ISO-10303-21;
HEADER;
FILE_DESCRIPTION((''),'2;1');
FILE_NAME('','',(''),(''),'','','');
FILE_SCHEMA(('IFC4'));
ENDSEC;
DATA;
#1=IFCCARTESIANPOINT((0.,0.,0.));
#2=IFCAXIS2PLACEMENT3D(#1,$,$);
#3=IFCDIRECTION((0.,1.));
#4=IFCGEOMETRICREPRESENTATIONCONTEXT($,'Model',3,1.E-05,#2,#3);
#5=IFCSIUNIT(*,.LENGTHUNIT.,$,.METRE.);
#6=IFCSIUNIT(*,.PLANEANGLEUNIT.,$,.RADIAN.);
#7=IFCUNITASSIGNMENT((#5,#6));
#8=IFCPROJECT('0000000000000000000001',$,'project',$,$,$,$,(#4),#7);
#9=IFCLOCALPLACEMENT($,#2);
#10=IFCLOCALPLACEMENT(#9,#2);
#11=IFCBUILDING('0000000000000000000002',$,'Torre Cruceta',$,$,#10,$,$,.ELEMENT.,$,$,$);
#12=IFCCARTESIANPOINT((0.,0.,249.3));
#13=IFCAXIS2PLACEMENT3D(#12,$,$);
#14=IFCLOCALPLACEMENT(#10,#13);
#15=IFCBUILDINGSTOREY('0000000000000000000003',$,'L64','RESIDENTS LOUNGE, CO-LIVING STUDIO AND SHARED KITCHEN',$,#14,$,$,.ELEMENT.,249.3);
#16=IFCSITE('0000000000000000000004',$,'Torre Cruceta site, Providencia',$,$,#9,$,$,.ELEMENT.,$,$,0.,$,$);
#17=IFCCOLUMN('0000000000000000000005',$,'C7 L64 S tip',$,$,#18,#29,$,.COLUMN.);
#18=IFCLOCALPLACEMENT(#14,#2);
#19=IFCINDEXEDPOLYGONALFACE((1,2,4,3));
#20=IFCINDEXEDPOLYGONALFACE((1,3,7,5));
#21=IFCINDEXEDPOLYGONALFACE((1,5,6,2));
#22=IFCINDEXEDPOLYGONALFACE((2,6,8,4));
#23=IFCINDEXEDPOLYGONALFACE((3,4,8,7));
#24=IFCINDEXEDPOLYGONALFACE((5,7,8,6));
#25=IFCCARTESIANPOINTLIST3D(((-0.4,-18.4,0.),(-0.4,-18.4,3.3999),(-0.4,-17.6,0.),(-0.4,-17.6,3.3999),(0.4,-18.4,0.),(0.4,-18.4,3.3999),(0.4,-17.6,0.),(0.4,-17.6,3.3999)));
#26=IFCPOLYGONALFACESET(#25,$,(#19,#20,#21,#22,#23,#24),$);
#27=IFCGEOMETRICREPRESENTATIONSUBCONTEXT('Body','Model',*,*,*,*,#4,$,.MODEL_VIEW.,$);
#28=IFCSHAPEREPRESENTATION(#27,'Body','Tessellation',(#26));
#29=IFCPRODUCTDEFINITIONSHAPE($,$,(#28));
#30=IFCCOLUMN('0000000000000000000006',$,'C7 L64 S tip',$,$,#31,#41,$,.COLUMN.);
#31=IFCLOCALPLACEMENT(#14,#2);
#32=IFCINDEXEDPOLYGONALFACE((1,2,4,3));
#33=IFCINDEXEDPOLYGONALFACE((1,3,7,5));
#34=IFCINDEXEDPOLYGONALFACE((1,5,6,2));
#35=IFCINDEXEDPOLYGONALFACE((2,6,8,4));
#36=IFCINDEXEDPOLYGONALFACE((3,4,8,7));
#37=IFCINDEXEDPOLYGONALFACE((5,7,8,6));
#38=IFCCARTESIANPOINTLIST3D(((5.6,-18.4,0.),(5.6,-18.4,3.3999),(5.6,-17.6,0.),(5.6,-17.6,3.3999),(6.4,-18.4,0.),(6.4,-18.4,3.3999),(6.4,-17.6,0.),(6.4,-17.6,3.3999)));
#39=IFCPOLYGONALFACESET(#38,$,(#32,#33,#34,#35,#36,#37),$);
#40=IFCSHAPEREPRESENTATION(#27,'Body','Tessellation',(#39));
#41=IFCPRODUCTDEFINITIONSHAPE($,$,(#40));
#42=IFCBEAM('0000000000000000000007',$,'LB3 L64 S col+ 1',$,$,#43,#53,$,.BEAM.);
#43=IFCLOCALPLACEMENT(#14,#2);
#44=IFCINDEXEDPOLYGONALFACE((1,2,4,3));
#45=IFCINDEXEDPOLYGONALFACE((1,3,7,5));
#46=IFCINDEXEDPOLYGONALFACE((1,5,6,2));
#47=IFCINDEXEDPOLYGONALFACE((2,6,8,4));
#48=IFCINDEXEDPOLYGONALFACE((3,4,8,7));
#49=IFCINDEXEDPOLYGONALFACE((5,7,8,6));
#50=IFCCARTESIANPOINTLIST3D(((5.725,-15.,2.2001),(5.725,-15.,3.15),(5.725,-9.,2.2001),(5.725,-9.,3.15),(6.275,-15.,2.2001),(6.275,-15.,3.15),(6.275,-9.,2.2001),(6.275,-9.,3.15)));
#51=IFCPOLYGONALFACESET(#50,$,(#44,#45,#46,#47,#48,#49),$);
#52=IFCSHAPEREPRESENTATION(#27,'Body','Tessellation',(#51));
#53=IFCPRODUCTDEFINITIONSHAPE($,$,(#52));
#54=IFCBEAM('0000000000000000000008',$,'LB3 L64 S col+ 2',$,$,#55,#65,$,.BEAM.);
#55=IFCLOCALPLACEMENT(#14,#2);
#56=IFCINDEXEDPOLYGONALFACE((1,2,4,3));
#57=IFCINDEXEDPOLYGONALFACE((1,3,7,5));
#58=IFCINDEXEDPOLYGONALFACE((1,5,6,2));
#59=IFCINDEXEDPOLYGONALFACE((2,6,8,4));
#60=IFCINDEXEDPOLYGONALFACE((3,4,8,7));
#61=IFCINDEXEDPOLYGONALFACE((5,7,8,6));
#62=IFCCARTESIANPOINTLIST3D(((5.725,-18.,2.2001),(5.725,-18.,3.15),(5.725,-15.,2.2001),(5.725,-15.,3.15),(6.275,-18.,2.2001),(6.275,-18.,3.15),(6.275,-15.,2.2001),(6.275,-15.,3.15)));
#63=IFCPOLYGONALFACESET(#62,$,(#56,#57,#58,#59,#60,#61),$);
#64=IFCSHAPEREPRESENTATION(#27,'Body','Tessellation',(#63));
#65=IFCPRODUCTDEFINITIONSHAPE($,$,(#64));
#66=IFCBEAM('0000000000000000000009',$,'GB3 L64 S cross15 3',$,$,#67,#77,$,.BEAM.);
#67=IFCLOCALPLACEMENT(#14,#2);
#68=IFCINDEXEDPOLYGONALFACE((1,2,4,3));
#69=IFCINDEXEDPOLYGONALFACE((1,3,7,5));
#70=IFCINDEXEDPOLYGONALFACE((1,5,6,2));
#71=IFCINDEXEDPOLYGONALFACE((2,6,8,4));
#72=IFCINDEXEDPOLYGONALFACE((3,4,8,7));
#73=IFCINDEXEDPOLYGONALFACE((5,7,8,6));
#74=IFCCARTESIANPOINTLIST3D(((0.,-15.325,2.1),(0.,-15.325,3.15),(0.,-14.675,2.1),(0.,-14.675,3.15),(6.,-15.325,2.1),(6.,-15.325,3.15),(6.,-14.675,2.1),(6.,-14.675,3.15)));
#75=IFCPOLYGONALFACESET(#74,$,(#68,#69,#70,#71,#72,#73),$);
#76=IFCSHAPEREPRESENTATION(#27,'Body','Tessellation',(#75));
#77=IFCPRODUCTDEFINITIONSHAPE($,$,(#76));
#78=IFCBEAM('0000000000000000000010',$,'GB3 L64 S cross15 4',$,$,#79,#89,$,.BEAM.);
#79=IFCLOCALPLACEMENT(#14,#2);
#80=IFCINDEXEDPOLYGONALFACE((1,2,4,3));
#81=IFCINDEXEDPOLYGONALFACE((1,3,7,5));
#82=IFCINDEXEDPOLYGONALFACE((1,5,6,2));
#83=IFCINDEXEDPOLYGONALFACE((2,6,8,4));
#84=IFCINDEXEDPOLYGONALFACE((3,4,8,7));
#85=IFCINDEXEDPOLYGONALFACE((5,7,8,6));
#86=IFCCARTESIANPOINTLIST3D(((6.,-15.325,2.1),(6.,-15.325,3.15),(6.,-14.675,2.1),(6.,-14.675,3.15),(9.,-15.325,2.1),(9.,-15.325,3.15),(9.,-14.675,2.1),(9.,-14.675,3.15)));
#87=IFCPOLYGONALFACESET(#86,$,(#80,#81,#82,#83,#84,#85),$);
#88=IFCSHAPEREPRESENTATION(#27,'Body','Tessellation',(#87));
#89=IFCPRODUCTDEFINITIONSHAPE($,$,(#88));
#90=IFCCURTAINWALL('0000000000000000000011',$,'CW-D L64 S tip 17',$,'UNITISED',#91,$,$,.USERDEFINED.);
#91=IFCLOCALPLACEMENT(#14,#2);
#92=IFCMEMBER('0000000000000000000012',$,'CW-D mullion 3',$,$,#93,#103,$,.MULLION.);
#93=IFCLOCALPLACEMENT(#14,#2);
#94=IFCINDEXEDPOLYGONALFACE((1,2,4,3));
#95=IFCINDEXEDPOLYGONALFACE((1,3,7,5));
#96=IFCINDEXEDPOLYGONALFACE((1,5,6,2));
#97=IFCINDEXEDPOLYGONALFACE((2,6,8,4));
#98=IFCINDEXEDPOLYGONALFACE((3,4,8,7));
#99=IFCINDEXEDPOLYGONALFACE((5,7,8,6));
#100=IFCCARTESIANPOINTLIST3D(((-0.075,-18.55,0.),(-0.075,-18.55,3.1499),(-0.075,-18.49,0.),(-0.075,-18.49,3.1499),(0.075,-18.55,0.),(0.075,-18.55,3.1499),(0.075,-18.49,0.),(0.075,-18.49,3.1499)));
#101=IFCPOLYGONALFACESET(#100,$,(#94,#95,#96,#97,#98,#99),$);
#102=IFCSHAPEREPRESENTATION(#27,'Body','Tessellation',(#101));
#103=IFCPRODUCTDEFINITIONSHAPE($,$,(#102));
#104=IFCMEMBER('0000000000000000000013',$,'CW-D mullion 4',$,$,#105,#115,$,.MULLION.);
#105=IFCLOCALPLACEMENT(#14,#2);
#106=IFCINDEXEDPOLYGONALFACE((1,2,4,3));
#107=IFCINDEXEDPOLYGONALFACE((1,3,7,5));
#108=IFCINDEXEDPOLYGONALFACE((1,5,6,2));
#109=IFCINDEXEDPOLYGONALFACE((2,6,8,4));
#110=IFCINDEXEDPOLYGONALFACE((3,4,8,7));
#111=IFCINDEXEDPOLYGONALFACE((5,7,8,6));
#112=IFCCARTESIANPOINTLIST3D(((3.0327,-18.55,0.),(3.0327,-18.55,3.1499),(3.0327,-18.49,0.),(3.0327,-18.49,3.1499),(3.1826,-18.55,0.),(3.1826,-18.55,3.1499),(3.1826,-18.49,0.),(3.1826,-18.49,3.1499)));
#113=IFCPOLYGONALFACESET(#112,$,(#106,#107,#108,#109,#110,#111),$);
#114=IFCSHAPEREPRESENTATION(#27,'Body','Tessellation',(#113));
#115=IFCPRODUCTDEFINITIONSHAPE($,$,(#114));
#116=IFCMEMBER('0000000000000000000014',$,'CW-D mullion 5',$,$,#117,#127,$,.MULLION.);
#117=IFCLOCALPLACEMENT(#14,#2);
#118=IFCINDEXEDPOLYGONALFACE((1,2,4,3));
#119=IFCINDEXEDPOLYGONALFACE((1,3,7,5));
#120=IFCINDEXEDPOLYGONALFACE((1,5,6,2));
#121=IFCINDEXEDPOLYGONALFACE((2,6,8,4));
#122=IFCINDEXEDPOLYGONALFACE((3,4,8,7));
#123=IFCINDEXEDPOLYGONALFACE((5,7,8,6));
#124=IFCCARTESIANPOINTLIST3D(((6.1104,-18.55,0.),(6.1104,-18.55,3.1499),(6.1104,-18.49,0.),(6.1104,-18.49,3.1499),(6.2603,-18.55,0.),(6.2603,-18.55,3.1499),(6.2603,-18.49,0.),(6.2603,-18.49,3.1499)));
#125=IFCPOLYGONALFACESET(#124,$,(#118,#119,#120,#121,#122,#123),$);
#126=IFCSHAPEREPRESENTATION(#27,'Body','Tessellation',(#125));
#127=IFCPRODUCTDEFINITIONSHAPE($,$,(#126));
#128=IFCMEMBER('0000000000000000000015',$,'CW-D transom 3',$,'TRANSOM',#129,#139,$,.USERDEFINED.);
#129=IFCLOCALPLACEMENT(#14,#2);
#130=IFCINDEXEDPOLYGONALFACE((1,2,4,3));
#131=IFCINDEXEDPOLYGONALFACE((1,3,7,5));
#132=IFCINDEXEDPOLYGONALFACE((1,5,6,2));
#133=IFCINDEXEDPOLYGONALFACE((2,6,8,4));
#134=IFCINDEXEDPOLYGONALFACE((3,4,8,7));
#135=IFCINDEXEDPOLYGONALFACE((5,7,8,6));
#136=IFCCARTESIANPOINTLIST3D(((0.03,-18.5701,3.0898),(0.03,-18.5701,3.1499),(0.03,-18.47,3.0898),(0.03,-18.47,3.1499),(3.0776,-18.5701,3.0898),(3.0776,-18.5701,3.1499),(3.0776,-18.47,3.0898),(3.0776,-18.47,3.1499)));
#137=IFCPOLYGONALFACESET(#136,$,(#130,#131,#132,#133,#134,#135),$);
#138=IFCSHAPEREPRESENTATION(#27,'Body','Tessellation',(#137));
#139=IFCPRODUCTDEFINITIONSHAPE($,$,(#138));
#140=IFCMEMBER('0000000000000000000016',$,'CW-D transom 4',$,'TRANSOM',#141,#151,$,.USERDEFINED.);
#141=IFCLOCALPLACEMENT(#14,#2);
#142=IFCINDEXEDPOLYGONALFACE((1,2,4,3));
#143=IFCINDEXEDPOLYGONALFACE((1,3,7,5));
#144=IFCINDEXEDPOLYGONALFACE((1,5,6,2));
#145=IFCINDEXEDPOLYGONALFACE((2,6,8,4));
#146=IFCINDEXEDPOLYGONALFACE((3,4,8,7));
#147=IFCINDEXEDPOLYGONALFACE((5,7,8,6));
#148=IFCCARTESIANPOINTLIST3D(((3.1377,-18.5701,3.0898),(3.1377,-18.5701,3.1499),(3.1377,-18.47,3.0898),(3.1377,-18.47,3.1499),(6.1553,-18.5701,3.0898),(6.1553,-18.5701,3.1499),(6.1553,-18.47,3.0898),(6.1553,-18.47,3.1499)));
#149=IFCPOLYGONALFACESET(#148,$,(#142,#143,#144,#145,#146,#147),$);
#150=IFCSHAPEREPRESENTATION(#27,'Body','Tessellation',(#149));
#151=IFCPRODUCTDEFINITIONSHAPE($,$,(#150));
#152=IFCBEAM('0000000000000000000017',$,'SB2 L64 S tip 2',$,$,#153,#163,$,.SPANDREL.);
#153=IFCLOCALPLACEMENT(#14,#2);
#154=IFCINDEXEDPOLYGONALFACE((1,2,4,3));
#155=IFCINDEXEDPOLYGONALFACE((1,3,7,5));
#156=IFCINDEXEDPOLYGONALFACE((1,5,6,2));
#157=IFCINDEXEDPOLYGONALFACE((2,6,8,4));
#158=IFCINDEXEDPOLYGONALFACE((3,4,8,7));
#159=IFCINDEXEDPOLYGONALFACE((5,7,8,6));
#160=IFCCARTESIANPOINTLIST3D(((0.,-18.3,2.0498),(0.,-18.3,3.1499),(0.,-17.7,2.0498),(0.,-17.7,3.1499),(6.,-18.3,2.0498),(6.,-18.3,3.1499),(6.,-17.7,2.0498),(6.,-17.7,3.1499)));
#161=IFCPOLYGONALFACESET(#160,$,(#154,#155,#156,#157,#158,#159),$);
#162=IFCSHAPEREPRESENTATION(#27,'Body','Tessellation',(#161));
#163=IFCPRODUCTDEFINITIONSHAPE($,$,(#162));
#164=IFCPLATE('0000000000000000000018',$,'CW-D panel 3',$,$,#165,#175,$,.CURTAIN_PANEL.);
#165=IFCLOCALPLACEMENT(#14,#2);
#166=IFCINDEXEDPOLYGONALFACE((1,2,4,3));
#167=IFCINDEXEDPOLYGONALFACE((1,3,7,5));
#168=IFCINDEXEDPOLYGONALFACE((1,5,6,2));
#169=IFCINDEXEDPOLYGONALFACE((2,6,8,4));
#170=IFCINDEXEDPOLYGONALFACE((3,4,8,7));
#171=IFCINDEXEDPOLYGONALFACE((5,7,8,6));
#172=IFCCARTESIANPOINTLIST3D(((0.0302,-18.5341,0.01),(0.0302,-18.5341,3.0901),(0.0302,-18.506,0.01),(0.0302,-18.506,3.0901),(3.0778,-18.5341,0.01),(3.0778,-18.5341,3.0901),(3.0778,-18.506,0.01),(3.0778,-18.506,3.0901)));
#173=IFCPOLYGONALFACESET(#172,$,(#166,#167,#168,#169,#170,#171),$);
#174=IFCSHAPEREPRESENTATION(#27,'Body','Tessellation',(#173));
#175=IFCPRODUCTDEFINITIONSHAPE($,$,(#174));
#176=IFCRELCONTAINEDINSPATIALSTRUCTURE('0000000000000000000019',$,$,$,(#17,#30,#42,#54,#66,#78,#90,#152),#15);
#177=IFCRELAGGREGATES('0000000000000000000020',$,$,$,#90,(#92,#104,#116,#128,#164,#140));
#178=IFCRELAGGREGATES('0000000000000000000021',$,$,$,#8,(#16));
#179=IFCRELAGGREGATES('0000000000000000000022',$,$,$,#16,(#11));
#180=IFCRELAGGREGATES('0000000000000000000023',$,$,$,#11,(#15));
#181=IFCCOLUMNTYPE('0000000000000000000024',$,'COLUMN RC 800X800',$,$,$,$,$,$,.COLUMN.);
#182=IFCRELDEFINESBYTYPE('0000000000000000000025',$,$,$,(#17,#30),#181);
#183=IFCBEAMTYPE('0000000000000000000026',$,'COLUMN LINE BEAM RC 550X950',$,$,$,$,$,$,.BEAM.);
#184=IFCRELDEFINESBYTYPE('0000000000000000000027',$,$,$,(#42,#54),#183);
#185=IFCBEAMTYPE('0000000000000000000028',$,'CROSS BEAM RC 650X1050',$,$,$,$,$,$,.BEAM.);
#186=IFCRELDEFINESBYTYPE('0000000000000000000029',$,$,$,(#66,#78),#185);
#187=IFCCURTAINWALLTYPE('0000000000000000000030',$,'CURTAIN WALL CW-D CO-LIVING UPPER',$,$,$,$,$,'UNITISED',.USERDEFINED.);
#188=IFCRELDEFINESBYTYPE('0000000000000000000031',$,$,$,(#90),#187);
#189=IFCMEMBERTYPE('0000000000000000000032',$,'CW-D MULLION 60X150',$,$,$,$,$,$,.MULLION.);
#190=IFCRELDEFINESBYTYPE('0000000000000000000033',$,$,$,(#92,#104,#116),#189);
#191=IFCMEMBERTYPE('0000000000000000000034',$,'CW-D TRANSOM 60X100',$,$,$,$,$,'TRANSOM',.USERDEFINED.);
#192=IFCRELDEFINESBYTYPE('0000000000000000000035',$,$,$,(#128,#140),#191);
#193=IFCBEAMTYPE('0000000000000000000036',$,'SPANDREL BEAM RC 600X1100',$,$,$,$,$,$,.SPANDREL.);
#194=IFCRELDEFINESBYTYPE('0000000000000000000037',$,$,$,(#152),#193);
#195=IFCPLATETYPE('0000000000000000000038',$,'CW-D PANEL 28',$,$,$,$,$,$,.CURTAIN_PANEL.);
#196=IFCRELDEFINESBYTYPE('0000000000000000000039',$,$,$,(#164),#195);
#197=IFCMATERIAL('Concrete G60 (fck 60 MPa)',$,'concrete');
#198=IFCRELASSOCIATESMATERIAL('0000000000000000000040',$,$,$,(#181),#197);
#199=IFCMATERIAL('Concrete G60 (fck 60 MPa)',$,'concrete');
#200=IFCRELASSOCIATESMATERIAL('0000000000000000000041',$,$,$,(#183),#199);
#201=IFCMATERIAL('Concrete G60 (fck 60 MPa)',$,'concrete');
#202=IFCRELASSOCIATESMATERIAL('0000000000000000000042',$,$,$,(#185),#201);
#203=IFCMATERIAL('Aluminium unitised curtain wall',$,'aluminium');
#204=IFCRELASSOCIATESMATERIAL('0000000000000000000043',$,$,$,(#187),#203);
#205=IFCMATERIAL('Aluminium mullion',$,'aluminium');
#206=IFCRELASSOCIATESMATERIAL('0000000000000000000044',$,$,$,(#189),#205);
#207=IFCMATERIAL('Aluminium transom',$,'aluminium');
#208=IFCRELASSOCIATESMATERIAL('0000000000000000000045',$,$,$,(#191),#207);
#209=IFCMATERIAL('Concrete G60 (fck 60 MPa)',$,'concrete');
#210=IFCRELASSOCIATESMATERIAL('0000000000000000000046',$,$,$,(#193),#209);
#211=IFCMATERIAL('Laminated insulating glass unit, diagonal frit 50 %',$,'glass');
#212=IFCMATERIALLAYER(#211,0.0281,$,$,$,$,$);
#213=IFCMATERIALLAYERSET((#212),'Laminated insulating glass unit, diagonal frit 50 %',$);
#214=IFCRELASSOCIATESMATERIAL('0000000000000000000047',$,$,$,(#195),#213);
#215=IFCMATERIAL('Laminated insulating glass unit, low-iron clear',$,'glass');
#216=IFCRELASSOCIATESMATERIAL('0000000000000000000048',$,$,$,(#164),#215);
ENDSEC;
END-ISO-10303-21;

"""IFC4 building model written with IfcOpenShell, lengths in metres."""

from ifc_helpers import new_model, si_unit, direction, frame, origin, origin_2d, place, context, subcontext, project, spatial, rectangle, extrude, material, layer, layer_set, material_profile, profile_set, type_object, element, aggregate, save


model = new_model("IFC4")

# Units and contexts
model_context = context("Model", 3, precision=1e-05, world=origin(), true_north=direction((0.0, 1.0)))
body_context = subcontext(model_context, "Body", "Model", "MODEL_VIEW")
ifc_project = project(units=[si_unit("LENGTHUNIT", "METRE"), si_unit("PLANEANGLEUNIT", "RADIAN")], contexts=[model_context])

# Site, building, storey
site_placement = place(None, origin())
site = spatial("IfcSite", under=ifc_project, at=site_placement, Name="Torre Cruceta site, Providencia", CompositionType="ELEMENT", RefElevation=0.0)
building_placement = place(site_placement, origin())
building = spatial("IfcBuilding", under=site, at=building_placement, Name="Torre Cruceta", CompositionType="ELEMENT")
storey_placement = place(building_placement, frame((0.0, 0.0, 249.3)))
storey = spatial("IfcBuildingStorey", under=building, at=storey_placement, Name="L64", Description="RESIDENTS LOUNGE, CO-LIVING STUDIO AND SHARED KITCHEN", CompositionType="ELEMENT", Elevation=249.3)

# Columns
ifc_material_1 = material(Name="Concrete G60 (fck 60 MPa)", Category="concrete")
ifc_material_profile_1 = material_profile(ifc_material_1, rectangle(XDim=0.8, YDim=0.8, at=origin_2d()), Name="RC 800X800")
ifc_profile_set_1 = profile_set([ifc_material_profile_1], Name="Concrete G60 (fck 60 MPa)")
column_type = type_object("IfcColumnType", Name="COLUMN RC 800X800", PredefinedType="COLUMN", material=ifc_profile_set_1)
for number, where, z_axis, x_axis, name in (
    (1, (0.0, -18.0, 0.0), (0.0, 0.0, 1.0), (1.0, 0.0, 0.0), "C7 L64 S tip"),
    (2, (6.0, -18.0, 0.0), (0.0, 0.0, 1.0), (1.0, 0.0, 0.0), "C7 L64 S tip"),
):
    element("IfcColumn", number, at=place(storey_placement, frame(where, z_axis=z_axis, x_axis=x_axis)), inside=storey, type_object=column_type, Name=name, PredefinedType="COLUMN", context=body_context, shape_type="SweptSolid", body=[
        extrude(rectangle(XDim=0.8, YDim=0.8, at=origin_2d()), origin(), (0.0, 0.0, 1.0), 3.3999),
    ])

# Beams
ifc_material_2 = material(Name="Concrete G60 (fck 60 MPa)", Category="concrete")
ifc_material_profile_2 = material_profile(ifc_material_2, rectangle(XDim=0.55, YDim=0.95, at=origin_2d()), Name="RC 550X950")
ifc_profile_set_2 = profile_set([ifc_material_profile_2], Name="Concrete G60 (fck 60 MPa)")
beam_type_1 = type_object("IfcBeamType", Name="COLUMN LINE BEAM RC 550X950", PredefinedType="BEAM", material=ifc_profile_set_2)
beam_1_placement = place(storey_placement, frame((6.0, -9.0, 2.675), z_axis=(0.0, -1.0, 0.0), x_axis=(1.0, 0.0, 0.0)))
element("IfcBeam", 3, at=beam_1_placement, inside=storey, type_object=beam_type_1, Name="LB3 L64 S col+ 1", PredefinedType="BEAM", context=body_context, shape_type="SweptSolid", body=[
    extrude(rectangle(XDim=0.55, YDim=0.95, at=origin_2d()), origin(), (0.0, 0.0, 1.0), 6.0),
])
beam_2_placement = place(storey_placement, frame((6.0, -15.0, 2.675), z_axis=(0.0, -1.0, 0.0), x_axis=(1.0, 0.0, 0.0)))
element("IfcBeam", 4, at=beam_2_placement, inside=storey, type_object=beam_type_1, Name="LB3 L64 S col+ 2", PredefinedType="BEAM", context=body_context, shape_type="SweptSolid", body=[
    extrude(rectangle(XDim=0.55, YDim=0.95, at=origin_2d()), origin(), (0.0, 0.0, 1.0), 3.0),
])
ifc_material_3 = material(Name="Concrete G60 (fck 60 MPa)", Category="concrete")
ifc_material_profile_3 = material_profile(ifc_material_3, rectangle(XDim=0.6499, YDim=1.05, at=origin_2d()), Name="RC 650X1050")
ifc_profile_set_3 = profile_set([ifc_material_profile_3], Name="Concrete G60 (fck 60 MPa)")
beam_type_2 = type_object("IfcBeamType", Name="CROSS BEAM RC 650X1050", PredefinedType="BEAM", material=ifc_profile_set_3)
beam_3_placement = place(storey_placement, frame((0.0, -15.0, 2.625), z_axis=(1.0, 0.0, 0.0), x_axis=(0.0, 1.0, 0.0)))
element("IfcBeam", 5, at=beam_3_placement, inside=storey, type_object=beam_type_2, Name="GB3 L64 S cross15 3", PredefinedType="BEAM", context=body_context, shape_type="SweptSolid", body=[
    extrude(rectangle(XDim=0.6499, YDim=1.05, at=origin_2d()), origin(), (0.0, 0.0, 1.0), 6.0),
])
beam_4_placement = place(storey_placement, frame((6.0, -15.0, 2.625), z_axis=(1.0, 0.0, 0.0), x_axis=(0.0, 1.0, 0.0)))
element("IfcBeam", 6, at=beam_4_placement, inside=storey, type_object=beam_type_2, Name="GB3 L64 S cross15 4", PredefinedType="BEAM", context=body_context, shape_type="SweptSolid", body=[
    extrude(rectangle(XDim=0.6499, YDim=1.05, at=origin_2d()), origin(), (0.0, 0.0, 1.0), 3.0),
])

# Curtain wall, members
ifc_material_4 = material(Name="Aluminium unitised curtain wall", Category="aluminium")
curtain_wall_type = type_object("IfcCurtainWallType", Name="CURTAIN WALL CW-D CO-LIVING UPPER", ElementType="UNITISED", PredefinedType="USERDEFINED", material=ifc_material_4)
curtain_wall_placement = place(storey_placement, origin())
curtain_wall = element("IfcCurtainWall", 7, at=curtain_wall_placement, inside=storey, type_object=curtain_wall_type, Name="CW-D L64 S tip 17", ObjectType="UNITISED", PredefinedType="USERDEFINED")
ifc_material_5 = material(Name="Aluminium mullion", Category="aluminium")
ifc_material_profile_4 = material_profile(ifc_material_5, rectangle(XDim=0.0601, YDim=0.1499, at=origin_2d()), Name="AL 60X150")
ifc_profile_set_4 = profile_set([ifc_material_profile_4], Name="Aluminium mullion")
member_type_1 = type_object("IfcMemberType", Name="CW-D MULLION 60X150", PredefinedType="MULLION", material=ifc_profile_set_4)
member_1_placement = place(storey_placement, frame((0.0, -18.52, 0.0), z_axis=(0.0, 0.0, 1.0), x_axis=(0.0, 1.0, 0.0)))
member_1 = element("IfcMember", 8, at=member_1_placement, type_object=member_type_1, Name="CW-D mullion 3", PredefinedType="MULLION", context=body_context, shape_type="SweptSolid", body=[
    extrude(rectangle(XDim=0.0601, YDim=0.1499, at=origin_2d()), origin(), (0.0, 0.0, 1.0), 3.1499),
])
member_2_placement = place(storey_placement, frame((3.1077, -18.52, 0.0), z_axis=(0.0, 0.0, 1.0), x_axis=(0.0, 1.0, 0.0)))
member_2 = element("IfcMember", 9, at=member_2_placement, type_object=member_type_1, Name="CW-D mullion 4", PredefinedType="MULLION", context=body_context, shape_type="SweptSolid", body=[
    extrude(rectangle(XDim=0.0601, YDim=0.1499, at=origin_2d()), origin(), (0.0, 0.0, 1.0), 3.1499),
])
member_3_placement = place(storey_placement, frame((6.1853, -18.52, 0.0), z_axis=(0.0, 0.0, 1.0), x_axis=(0.0, 1.0, 0.0)))
member_3 = element("IfcMember", 10, at=member_3_placement, type_object=member_type_1, Name="CW-D mullion 5", PredefinedType="MULLION", context=body_context, shape_type="SweptSolid", body=[
    extrude(rectangle(XDim=0.0601, YDim=0.1499, at=origin_2d()), origin(), (0.0, 0.0, 1.0), 3.1499),
])
ifc_material_6 = material(Name="Aluminium transom", Category="aluminium")
ifc_material_profile_5 = material_profile(ifc_material_6, rectangle(XDim=0.1001, YDim=0.0601, at=origin_2d()), Name="AL 100X60")
ifc_profile_set_5 = profile_set([ifc_material_profile_5], Name="Aluminium transom")
member_type_2 = type_object("IfcMemberType", Name="CW-D TRANSOM 60X100", ElementType="TRANSOM", PredefinedType="USERDEFINED", material=ifc_profile_set_5)
member_4_placement = place(storey_placement, frame((0.03, -18.52, 3.1199), z_axis=(1.0, 0.0, 0.0), x_axis=(0.0, 1.0, 0.0)))
member_4 = element("IfcMember", 11, at=member_4_placement, type_object=member_type_2, Name="CW-D transom 3", ObjectType="TRANSOM", PredefinedType="USERDEFINED", context=body_context, shape_type="SweptSolid", body=[
    extrude(rectangle(XDim=0.1001, YDim=0.0601, at=origin_2d()), origin(), (0.0, 0.0, 1.0), 3.0476),
])
member_5_placement = place(storey_placement, frame((3.1377, -18.52, 3.1199), z_axis=(1.0, 0.0, 0.0), x_axis=(0.0, 1.0, 0.0)))
member_5 = element("IfcMember", 12, at=member_5_placement, type_object=member_type_2, Name="CW-D transom 4", ObjectType="TRANSOM", PredefinedType="USERDEFINED", context=body_context, shape_type="SweptSolid", body=[
    extrude(rectangle(XDim=0.1001, YDim=0.0601, at=origin_2d()), origin(), (0.0, 0.0, 1.0), 3.0176),
])

# Beam
ifc_material_7 = material(Name="Concrete G60 (fck 60 MPa)", Category="concrete")
ifc_material_profile_6 = material_profile(ifc_material_7, rectangle(XDim=0.6001, YDim=1.1001, at=origin_2d()), Name="RC 600X1100")
ifc_profile_set_6 = profile_set([ifc_material_profile_6], Name="Concrete G60 (fck 60 MPa)")
beam_type_3 = type_object("IfcBeamType", Name="SPANDREL BEAM RC 600X1100", PredefinedType="SPANDREL", material=ifc_profile_set_6)
beam_5_placement = place(storey_placement, frame((0.0, -18.0, 2.5999), z_axis=(1.0, 0.0, 0.0), x_axis=(0.0, 1.0, 0.0)))
element("IfcBeam", 13, at=beam_5_placement, inside=storey, type_object=beam_type_3, Name="SB2 L64 S tip 2", PredefinedType="SPANDREL", context=body_context, shape_type="SweptSolid", body=[
    extrude(rectangle(XDim=0.6001, YDim=1.1001, at=origin_2d()), origin(), (0.0, 0.0, 1.0), 6.0),
])

# Plate
ifc_material_8 = material(Name="Laminated insulating glass unit, low-iron clear", Category="glass")
ifc_material_9 = material(Name="Laminated insulating glass unit, diagonal frit 50 %", Category="glass")
ifc_layer_1 = layer(ifc_material_9, 0.0281)
ifc_layer_set_1 = layer_set([ifc_layer_1], Name="Laminated insulating glass unit, diagonal frit 50 %")
plate_type = type_object("IfcPlateType", Name="CW-D PANEL 28", PredefinedType="CURTAIN_PANEL", material=ifc_layer_set_1)
plate_1_placement = place(storey_placement, frame((1.554, -18.52, 0.01), z_axis=(0.0, 0.0, 1.0), x_axis=(1.0, 0.0, 0.0)))
plate_1 = element("IfcPlate", 14, at=plate_1_placement, type_object=plate_type, material=ifc_material_8, Name="CW-D panel 3", PredefinedType="CURTAIN_PANEL", context=body_context, shape_type="SweptSolid", body=[
    extrude(rectangle(XDim=3.0476, YDim=0.0281, at=origin_2d()), origin(), (0.0, 0.0, 1.0), 3.0801),
])
aggregate(curtain_wall, [member_1, member_2, member_3, member_4, plate_1, member_5])

save(model, "model.ifc")
